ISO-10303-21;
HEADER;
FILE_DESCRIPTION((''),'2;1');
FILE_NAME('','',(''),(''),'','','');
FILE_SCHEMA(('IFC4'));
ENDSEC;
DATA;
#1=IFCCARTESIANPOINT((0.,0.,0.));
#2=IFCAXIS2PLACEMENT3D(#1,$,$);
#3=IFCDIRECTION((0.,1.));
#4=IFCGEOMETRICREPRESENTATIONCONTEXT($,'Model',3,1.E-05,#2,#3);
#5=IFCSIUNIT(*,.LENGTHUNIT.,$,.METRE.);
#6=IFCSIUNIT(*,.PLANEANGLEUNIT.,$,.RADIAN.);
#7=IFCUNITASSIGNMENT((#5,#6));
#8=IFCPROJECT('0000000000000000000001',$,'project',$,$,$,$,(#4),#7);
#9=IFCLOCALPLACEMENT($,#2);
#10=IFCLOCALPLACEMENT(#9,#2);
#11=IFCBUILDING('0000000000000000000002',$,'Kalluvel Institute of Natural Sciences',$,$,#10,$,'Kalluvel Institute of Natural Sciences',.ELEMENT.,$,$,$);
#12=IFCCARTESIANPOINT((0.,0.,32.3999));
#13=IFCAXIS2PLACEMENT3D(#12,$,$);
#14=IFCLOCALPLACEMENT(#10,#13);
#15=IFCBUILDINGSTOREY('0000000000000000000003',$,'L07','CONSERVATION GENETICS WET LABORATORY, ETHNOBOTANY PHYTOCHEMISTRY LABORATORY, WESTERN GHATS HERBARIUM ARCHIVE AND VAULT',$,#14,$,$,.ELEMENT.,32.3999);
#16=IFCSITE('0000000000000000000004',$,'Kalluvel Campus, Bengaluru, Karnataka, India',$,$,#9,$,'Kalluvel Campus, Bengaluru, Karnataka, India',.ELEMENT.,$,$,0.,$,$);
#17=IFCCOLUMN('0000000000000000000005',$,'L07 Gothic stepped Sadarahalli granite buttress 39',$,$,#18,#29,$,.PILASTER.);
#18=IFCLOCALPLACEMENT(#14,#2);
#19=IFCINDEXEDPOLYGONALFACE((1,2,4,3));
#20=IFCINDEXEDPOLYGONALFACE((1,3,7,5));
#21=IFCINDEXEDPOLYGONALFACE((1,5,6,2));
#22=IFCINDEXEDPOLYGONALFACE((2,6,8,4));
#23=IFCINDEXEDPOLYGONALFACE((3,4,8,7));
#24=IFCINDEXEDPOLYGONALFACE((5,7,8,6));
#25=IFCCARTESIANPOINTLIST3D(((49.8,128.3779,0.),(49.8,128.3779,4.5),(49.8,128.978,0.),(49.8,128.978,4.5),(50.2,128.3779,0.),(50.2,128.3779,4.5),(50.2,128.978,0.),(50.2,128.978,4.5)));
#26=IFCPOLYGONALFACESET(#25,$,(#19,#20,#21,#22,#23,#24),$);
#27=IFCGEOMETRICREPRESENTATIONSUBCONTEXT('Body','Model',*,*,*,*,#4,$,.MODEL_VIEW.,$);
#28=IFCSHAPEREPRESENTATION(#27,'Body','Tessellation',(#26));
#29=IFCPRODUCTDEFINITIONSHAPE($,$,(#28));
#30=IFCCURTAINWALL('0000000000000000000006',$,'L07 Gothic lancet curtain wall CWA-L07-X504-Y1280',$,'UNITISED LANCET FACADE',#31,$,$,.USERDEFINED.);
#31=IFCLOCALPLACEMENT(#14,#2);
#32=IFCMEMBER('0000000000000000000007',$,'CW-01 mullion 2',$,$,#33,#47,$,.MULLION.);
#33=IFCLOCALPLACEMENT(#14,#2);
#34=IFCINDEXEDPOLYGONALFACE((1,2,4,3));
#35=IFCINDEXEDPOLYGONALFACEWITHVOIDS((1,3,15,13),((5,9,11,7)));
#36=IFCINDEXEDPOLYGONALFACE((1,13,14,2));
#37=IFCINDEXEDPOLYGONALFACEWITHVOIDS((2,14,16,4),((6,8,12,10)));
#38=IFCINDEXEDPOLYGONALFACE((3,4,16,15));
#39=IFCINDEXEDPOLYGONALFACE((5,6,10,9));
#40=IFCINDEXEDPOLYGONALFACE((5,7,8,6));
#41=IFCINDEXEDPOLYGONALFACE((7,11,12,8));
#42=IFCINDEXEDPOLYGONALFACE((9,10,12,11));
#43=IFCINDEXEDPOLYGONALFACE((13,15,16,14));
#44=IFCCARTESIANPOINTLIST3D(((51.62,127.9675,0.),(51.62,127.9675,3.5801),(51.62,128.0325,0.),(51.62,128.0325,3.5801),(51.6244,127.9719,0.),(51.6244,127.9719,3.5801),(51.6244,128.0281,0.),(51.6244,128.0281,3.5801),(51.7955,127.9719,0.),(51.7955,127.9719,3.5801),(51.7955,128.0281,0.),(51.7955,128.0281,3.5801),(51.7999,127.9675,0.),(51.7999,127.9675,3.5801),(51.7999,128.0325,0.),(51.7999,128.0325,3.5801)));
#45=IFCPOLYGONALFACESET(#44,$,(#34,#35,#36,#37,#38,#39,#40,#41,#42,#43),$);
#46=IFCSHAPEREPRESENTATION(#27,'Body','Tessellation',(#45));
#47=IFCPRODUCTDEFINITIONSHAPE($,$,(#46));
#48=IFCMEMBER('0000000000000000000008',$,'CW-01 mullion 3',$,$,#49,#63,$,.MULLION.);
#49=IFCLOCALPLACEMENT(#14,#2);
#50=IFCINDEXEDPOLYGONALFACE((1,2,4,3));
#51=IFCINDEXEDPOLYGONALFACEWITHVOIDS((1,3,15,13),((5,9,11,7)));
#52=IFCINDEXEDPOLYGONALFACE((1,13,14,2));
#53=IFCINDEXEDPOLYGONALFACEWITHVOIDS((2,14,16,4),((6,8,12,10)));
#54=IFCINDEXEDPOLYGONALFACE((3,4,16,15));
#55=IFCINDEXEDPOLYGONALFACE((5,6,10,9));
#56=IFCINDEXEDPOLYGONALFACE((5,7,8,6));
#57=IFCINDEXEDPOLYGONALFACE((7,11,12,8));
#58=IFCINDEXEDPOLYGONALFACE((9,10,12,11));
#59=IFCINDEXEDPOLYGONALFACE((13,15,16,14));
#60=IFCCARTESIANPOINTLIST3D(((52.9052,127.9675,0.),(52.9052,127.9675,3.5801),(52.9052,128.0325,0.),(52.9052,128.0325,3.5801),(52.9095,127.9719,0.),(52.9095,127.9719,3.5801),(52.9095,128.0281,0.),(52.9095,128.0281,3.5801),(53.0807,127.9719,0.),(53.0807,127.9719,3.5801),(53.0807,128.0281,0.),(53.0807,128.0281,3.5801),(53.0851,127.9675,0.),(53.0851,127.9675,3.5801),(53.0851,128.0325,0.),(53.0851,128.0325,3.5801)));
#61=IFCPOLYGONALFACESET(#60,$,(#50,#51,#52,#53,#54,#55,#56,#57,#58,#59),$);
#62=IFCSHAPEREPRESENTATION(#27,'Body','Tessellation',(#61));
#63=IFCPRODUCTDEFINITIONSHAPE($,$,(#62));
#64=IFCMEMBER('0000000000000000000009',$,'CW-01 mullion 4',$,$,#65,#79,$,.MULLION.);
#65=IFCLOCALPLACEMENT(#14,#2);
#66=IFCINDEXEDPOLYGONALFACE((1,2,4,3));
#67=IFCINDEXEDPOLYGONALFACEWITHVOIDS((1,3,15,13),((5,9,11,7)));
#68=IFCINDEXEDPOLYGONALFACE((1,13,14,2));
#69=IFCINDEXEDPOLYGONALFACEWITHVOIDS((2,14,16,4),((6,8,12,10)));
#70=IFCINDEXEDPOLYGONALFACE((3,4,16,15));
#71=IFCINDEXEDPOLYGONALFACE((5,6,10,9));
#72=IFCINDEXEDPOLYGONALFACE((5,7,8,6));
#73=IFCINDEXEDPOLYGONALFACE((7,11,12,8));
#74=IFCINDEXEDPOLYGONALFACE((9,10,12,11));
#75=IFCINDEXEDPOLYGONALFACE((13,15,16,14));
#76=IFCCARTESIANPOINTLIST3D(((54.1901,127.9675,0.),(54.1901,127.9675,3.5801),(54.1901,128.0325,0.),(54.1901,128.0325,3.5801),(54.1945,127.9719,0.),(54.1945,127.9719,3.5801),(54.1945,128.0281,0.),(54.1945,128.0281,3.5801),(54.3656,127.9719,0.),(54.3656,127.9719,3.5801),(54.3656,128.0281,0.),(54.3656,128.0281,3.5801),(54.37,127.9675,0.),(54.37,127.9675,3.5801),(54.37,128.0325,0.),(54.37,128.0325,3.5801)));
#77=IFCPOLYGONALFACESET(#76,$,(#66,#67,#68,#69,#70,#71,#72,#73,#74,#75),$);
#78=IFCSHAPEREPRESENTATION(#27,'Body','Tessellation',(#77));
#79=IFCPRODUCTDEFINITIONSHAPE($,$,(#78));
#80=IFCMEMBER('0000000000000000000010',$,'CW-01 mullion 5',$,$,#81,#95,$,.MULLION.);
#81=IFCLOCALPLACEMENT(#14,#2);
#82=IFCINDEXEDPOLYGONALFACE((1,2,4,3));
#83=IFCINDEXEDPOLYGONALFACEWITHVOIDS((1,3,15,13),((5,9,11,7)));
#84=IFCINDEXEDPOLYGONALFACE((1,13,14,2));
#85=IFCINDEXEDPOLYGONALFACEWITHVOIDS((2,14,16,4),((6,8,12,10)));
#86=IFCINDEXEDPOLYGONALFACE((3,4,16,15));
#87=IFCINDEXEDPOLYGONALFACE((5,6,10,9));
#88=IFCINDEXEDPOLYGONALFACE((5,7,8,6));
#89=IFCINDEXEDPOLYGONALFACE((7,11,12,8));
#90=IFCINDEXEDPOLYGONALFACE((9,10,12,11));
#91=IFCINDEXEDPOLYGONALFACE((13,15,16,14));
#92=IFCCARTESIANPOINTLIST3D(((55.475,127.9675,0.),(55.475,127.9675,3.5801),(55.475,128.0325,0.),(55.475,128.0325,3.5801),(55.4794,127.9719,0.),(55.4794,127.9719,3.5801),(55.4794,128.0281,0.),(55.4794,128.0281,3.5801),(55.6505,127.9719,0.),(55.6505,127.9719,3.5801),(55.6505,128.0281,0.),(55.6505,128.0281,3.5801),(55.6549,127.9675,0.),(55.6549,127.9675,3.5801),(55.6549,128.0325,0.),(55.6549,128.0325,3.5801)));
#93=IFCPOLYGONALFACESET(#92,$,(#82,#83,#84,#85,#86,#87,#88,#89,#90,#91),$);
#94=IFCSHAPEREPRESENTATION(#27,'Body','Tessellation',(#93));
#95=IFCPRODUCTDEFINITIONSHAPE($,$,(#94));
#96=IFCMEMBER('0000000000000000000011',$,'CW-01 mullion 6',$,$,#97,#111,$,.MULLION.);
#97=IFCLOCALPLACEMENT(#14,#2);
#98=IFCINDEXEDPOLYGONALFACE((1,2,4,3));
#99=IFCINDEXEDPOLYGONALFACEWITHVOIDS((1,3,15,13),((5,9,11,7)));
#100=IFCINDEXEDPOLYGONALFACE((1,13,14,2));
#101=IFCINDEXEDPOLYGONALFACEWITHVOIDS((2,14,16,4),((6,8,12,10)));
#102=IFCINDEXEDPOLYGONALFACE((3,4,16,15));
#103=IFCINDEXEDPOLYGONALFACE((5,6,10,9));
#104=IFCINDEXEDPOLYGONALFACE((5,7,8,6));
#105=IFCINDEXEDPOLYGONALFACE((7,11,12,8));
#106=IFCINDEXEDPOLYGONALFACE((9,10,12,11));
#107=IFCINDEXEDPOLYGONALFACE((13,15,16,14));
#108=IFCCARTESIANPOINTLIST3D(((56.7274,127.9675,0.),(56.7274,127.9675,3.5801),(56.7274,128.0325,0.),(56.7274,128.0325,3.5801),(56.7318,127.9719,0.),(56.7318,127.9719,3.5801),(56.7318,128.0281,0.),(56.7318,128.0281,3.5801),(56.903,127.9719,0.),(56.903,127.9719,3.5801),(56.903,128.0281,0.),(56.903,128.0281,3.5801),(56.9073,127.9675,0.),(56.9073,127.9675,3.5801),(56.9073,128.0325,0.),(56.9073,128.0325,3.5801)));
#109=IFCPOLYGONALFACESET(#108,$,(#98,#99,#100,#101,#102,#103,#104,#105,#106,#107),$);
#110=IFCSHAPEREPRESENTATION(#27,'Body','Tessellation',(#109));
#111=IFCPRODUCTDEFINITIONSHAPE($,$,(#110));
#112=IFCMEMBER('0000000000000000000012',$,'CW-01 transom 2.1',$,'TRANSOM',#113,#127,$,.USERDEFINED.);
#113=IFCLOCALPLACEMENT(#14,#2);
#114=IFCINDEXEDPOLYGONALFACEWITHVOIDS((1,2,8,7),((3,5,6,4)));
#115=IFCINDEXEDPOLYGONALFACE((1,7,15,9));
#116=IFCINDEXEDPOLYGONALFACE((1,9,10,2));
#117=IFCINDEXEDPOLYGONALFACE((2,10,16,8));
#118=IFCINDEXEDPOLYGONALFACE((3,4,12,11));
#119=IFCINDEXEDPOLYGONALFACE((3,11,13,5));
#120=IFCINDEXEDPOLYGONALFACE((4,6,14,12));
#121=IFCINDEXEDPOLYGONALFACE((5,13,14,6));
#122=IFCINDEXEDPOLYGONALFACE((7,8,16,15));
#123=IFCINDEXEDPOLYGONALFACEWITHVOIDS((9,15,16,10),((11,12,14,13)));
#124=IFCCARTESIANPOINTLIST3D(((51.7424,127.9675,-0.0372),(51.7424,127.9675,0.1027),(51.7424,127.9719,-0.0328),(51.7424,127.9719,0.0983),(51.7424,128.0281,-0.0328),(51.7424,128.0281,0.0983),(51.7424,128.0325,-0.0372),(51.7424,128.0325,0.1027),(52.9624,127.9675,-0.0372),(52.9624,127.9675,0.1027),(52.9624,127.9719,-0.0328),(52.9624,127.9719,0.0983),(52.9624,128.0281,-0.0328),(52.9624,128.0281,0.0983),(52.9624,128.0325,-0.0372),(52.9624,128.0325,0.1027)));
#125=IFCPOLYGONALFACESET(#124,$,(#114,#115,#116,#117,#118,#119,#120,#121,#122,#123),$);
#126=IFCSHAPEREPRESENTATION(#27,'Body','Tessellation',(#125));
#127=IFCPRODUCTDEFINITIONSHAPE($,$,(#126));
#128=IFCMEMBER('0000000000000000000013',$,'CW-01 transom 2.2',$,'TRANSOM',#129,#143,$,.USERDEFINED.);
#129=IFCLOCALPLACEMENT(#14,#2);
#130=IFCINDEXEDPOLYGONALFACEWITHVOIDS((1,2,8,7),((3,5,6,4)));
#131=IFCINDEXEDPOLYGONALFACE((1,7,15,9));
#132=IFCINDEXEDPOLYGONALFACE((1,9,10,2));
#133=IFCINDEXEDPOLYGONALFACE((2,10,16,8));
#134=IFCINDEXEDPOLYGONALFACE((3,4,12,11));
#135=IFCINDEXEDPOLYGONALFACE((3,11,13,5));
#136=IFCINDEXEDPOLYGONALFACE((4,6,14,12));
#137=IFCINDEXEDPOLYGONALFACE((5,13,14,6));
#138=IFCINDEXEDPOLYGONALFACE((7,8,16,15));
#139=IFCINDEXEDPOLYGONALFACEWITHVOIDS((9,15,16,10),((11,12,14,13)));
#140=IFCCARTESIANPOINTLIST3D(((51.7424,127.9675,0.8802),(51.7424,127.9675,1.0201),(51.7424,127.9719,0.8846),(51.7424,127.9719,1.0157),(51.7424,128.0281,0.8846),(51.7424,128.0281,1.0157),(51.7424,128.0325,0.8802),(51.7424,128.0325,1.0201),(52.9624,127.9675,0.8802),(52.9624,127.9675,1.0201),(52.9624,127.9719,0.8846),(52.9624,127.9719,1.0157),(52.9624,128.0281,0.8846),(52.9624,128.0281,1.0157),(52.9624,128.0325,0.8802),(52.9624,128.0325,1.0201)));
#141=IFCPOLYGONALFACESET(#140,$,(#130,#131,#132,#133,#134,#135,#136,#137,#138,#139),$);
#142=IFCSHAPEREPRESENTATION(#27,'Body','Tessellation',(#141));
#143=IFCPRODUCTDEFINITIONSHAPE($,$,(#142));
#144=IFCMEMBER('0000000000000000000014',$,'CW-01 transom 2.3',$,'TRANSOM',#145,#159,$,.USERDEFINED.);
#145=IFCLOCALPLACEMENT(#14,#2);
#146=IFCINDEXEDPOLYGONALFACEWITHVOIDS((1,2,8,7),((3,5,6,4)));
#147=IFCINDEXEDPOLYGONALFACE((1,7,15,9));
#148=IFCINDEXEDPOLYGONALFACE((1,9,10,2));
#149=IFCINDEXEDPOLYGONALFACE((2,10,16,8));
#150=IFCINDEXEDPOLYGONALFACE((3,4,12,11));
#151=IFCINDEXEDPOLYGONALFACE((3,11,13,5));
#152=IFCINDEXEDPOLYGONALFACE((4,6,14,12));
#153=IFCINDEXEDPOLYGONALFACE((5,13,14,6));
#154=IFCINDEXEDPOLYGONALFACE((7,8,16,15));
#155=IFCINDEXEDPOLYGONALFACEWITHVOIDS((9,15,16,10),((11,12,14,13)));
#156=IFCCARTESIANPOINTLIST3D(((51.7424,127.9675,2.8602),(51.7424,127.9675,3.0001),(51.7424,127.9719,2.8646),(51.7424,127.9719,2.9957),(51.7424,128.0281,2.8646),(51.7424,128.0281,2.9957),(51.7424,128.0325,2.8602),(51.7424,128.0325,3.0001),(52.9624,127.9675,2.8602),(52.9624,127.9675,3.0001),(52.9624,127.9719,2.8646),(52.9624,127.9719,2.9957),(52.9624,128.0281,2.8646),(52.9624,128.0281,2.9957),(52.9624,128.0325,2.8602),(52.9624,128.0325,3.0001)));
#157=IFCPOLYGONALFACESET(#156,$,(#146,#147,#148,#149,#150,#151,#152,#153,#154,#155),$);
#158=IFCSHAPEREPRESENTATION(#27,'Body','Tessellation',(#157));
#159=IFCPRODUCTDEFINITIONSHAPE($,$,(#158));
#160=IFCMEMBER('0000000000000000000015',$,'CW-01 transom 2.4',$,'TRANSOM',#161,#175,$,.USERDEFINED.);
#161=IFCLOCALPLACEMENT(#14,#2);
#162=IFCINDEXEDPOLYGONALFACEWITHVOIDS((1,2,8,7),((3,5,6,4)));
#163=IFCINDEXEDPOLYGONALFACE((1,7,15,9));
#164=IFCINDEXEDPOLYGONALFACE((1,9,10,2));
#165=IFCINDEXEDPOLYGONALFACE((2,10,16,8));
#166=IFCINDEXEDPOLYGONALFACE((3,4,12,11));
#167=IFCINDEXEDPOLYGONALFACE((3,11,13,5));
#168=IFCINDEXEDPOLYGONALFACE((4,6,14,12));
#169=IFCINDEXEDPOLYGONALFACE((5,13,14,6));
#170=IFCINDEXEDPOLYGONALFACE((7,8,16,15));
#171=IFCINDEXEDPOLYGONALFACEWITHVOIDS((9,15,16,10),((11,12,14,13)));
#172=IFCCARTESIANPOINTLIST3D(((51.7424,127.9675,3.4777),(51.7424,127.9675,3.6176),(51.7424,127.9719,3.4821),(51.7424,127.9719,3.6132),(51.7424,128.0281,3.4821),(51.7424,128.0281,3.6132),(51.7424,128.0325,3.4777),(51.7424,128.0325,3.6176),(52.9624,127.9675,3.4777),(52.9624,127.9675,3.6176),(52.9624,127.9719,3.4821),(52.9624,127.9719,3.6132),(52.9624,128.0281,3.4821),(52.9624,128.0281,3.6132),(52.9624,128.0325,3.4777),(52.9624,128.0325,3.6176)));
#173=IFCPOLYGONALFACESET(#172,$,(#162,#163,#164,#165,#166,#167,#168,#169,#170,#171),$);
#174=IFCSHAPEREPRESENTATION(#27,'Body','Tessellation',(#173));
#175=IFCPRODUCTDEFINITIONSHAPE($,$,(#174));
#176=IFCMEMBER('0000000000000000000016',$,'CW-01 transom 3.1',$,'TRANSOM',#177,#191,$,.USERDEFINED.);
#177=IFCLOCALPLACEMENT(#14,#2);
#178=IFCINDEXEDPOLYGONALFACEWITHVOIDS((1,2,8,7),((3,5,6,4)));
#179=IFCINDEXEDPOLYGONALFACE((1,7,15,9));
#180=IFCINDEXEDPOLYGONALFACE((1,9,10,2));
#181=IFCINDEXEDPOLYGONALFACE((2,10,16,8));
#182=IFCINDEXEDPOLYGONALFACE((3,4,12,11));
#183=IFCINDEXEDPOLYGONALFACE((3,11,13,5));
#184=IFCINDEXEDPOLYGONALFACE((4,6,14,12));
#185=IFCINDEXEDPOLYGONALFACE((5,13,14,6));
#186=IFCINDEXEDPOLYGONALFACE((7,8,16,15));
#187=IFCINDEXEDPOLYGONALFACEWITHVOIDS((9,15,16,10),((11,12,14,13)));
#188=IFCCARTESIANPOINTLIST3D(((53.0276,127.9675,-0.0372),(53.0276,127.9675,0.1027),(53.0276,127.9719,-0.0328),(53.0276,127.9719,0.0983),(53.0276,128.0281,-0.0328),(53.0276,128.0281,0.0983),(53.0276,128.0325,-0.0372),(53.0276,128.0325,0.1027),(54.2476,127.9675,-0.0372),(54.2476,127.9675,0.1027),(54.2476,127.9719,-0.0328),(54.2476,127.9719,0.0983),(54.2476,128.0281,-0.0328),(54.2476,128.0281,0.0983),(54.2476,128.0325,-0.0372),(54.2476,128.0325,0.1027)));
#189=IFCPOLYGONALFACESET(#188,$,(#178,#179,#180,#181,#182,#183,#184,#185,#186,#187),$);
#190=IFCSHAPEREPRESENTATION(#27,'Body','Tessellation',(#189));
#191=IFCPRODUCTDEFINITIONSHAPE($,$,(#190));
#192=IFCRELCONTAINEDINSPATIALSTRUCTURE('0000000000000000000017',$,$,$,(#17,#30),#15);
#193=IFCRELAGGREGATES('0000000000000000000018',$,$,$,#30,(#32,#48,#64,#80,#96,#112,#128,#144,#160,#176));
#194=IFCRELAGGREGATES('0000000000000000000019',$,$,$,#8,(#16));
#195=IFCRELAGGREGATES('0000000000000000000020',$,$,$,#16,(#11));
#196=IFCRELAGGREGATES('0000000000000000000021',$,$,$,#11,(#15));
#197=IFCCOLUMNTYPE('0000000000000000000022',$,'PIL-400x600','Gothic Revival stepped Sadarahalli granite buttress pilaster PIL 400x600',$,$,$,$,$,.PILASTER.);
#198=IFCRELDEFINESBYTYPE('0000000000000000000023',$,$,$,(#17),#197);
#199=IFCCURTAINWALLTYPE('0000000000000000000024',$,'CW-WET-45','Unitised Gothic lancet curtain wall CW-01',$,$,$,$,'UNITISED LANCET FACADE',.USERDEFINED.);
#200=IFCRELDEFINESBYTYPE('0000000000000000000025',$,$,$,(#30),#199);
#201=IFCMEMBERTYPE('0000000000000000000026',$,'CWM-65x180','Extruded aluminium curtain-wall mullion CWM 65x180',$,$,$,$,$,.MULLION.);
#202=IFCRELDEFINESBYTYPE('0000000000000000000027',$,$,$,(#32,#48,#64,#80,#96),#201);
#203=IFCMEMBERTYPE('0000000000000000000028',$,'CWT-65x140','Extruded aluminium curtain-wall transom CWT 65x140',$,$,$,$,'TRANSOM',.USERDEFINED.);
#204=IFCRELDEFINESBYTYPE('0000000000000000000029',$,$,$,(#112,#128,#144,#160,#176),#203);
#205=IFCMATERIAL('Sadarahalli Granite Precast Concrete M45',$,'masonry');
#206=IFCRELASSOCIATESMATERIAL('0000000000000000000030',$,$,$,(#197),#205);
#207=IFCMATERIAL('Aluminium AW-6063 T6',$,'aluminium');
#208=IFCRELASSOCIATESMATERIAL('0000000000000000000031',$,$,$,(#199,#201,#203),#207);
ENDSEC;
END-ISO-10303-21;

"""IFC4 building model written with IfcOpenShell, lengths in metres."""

from ifc_helpers import new_model, si_unit, direction, frame, origin, origin_2d, place, context, subcontext, project, spatial, rectangle, hollow_rectangle, extrude, material, material_profile, profile_set, type_object, element, aggregate, save


model = new_model("IFC4")

# Units and contexts
model_context = context("Model", 3, precision=1e-05, world=origin(), true_north=direction((0.0, 1.0)))
body_context = subcontext(model_context, "Body", "Model", "MODEL_VIEW")
ifc_project = project(units=[si_unit("LENGTHUNIT", "METRE"), si_unit("PLANEANGLEUNIT", "RADIAN")], contexts=[model_context])

# Site, building, storey
site_placement = place(None, origin())
site = spatial("IfcSite", under=ifc_project, at=site_placement, Name="Kalluvel Campus, Bengaluru, Karnataka, India", LongName="Kalluvel Campus, Bengaluru, Karnataka, India", CompositionType="ELEMENT", RefElevation=0.0)
building_placement = place(site_placement, origin())
building = spatial("IfcBuilding", under=site, at=building_placement, Name="Kalluvel Institute of Natural Sciences", LongName="Kalluvel Institute of Natural Sciences", CompositionType="ELEMENT")
storey_placement = place(building_placement, frame((0.0, 0.0, 32.3999)))
storey = spatial("IfcBuildingStorey", under=building, at=storey_placement, Name="L07", Description="CONSERVATION GENETICS WET LABORATORY, ETHNOBOTANY PHYTOCHEMISTRY LABORATORY, WESTERN GHATS HERBARIUM ARCHIVE AND VAULT", CompositionType="ELEMENT", Elevation=32.3999)

# Column
ifc_material_1 = material(Name="Sadarahalli Granite Precast Concrete M45", Category="masonry")
ifc_material_profile_1 = material_profile(ifc_material_1, rectangle(XDim=0.3999, YDim=0.6001, at=origin_2d()), Name="PIL 400x600")
ifc_profile_set_1 = profile_set([ifc_material_profile_1], Name="Sadarahalli Granite Precast Concrete M45")
column_type = type_object("IfcColumnType", Name="PIL-400x600", Description="Gothic Revival stepped Sadarahalli granite buttress pilaster PIL 400x600", PredefinedType="PILASTER", material=ifc_profile_set_1)
column_placement = place(storey_placement, frame((50.0, 128.678, 0.0), z_axis=(0.0, 0.0, 1.0), x_axis=(1.0, 0.0, 0.0)))
element("IfcColumn", 1, at=column_placement, inside=storey, type_object=column_type, Name="L07 Gothic stepped Sadarahalli granite buttress 39", PredefinedType="PILASTER", context=body_context, shape_type="SweptSolid", body=[
    extrude(rectangle(XDim=0.3999, YDim=0.6001, at=origin_2d()), origin(), (0.0, 0.0, 1.0), 4.5),
])

# Curtain wall, members
ifc_material_2 = material(Name="Aluminium AW-6063 T6", Category="aluminium")
curtain_wall_type = type_object("IfcCurtainWallType", Name="CW-WET-45", Description="Unitised Gothic lancet curtain wall CW-01", ElementType="UNITISED LANCET FACADE", PredefinedType="USERDEFINED", material=ifc_material_2)
curtain_wall_placement = place(storey_placement, origin())
curtain_wall = element("IfcCurtainWall", 2, at=curtain_wall_placement, inside=storey, type_object=curtain_wall_type, Name="L07 Gothic lancet curtain wall CWA-L07-X504-Y1280", ObjectType="UNITISED LANCET FACADE", PredefinedType="USERDEFINED")
ifc_material_profile_2 = material_profile(ifc_material_2, hollow_rectangle(XDim=0.0649, YDim=0.1799, WallThickness=0.0044, at=origin_2d()), Name="CWM 65x180")
ifc_profile_set_2 = profile_set([ifc_material_profile_2], Name="Aluminium AW-6063 T6")
member_type_1 = type_object("IfcMemberType", Name="CWM-65x180", Description="Extruded aluminium curtain-wall mullion CWM 65x180", PredefinedType="MULLION", material=ifc_profile_set_2)
member_1_placement = place(storey_placement, frame((51.71, 128.0, 0.0), z_axis=(0.0, 0.0, 1.0), x_axis=(0.0, 1.0, 0.0)))
member_1 = element("IfcMember", 3, at=member_1_placement, type_object=member_type_1, Name="CW-01 mullion 2", PredefinedType="MULLION", context=body_context, shape_type="SweptSolid", body=[
    extrude(hollow_rectangle(XDim=0.0649, YDim=0.1799, WallThickness=0.0044, at=origin_2d()), origin(), (0.0, 0.0, 1.0), 3.5801),
])
member_2_placement = place(storey_placement, frame((52.9951, 128.0, 0.0), z_axis=(0.0, 0.0, 1.0), x_axis=(0.0, 1.0, 0.0)))
member_2 = element("IfcMember", 4, at=member_2_placement, type_object=member_type_1, Name="CW-01 mullion 3", PredefinedType="MULLION", context=body_context, shape_type="SweptSolid", body=[
    extrude(hollow_rectangle(XDim=0.0649, YDim=0.1799, WallThickness=0.0044, at=origin_2d()), origin(), (0.0, 0.0, 1.0), 3.5801),
])
member_3_placement = place(storey_placement, frame((54.28, 128.0, 0.0), z_axis=(0.0, 0.0, 1.0), x_axis=(0.0, 1.0, 0.0)))
member_3 = element("IfcMember", 5, at=member_3_placement, type_object=member_type_1, Name="CW-01 mullion 4", PredefinedType="MULLION", context=body_context, shape_type="SweptSolid", body=[
    extrude(hollow_rectangle(XDim=0.0649, YDim=0.1799, WallThickness=0.0044, at=origin_2d()), origin(), (0.0, 0.0, 1.0), 3.5801),
])
member_4_placement = place(storey_placement, frame((55.5649, 128.0, 0.0), z_axis=(0.0, 0.0, 1.0), x_axis=(0.0, 1.0, 0.0)))
member_4 = element("IfcMember", 6, at=member_4_placement, type_object=member_type_1, Name="CW-01 mullion 5", PredefinedType="MULLION", context=body_context, shape_type="SweptSolid", body=[
    extrude(hollow_rectangle(XDim=0.0649, YDim=0.1799, WallThickness=0.0044, at=origin_2d()), origin(), (0.0, 0.0, 1.0), 3.5801),
])
member_5_placement = place(storey_placement, frame((56.8174, 128.0, 0.0), z_axis=(0.0, 0.0, 1.0), x_axis=(0.0, 1.0, 0.0)))
member_5 = element("IfcMember", 7, at=member_5_placement, type_object=member_type_1, Name="CW-01 mullion 6", PredefinedType="MULLION", context=body_context, shape_type="SweptSolid", body=[
    extrude(hollow_rectangle(XDim=0.0649, YDim=0.1799, WallThickness=0.0044, at=origin_2d()), origin(), (0.0, 0.0, 1.0), 3.5801),
])
ifc_material_profile_3 = material_profile(ifc_material_2, hollow_rectangle(XDim=0.0649, YDim=0.1399, WallThickness=0.0044, at=origin_2d()), Name="CWT 65x140")
ifc_profile_set_3 = profile_set([ifc_material_profile_3], Name="Aluminium AW-6063 T6")
member_type_2 = type_object("IfcMemberType", Name="CWT-65x140", Description="Extruded aluminium curtain-wall transom CWT 65x140", ElementType="TRANSOM", PredefinedType="USERDEFINED", material=ifc_profile_set_3)
member_6_placement = place(storey_placement, frame((51.7424, 128.0, 0.0327), z_axis=(1.0, 0.0, 0.0), x_axis=(0.0, 1.0, 0.0)))
member_6 = element("IfcMember", 8, at=member_6_placement, type_object=member_type_2, Name="CW-01 transom 2.1", ObjectType="TRANSOM", PredefinedType="USERDEFINED", context=body_context, shape_type="SweptSolid", body=[
    extrude(hollow_rectangle(XDim=0.0649, YDim=0.1399, WallThickness=0.0044, at=origin_2d()), origin(), (0.0, 0.0, 1.0), 1.22),
])
member_7_placement = place(storey_placement, frame((51.7424, 128.0, 0.9502), z_axis=(1.0, 0.0, 0.0), x_axis=(0.0, 1.0, 0.0)))
member_7 = element("IfcMember", 9, at=member_7_placement, type_object=member_type_2, Name="CW-01 transom 2.2", ObjectType="TRANSOM", PredefinedType="USERDEFINED", context=body_context, shape_type="SweptSolid", body=[
    extrude(hollow_rectangle(XDim=0.0649, YDim=0.1399, WallThickness=0.0044, at=origin_2d()), origin(), (0.0, 0.0, 1.0), 1.22),
])
member_8_placement = place(storey_placement, frame((51.7424, 128.0, 2.9302), z_axis=(1.0, 0.0, 0.0), x_axis=(0.0, 1.0, 0.0)))
member_8 = element("IfcMember", 10, at=member_8_placement, type_object=member_type_2, Name="CW-01 transom 2.3", ObjectType="TRANSOM", PredefinedType="USERDEFINED", context=body_context, shape_type="SweptSolid", body=[
    extrude(hollow_rectangle(XDim=0.0649, YDim=0.1399, WallThickness=0.0044, at=origin_2d()), origin(), (0.0, 0.0, 1.0), 1.22),
])
member_9_placement = place(storey_placement, frame((51.7424, 128.0, 3.5476), z_axis=(1.0, 0.0, 0.0), x_axis=(0.0, 1.0, 0.0)))
member_9 = element("IfcMember", 11, at=member_9_placement, type_object=member_type_2, Name="CW-01 transom 2.4", ObjectType="TRANSOM", PredefinedType="USERDEFINED", context=body_context, shape_type="SweptSolid", body=[
    extrude(hollow_rectangle(XDim=0.0649, YDim=0.1399, WallThickness=0.0044, at=origin_2d()), origin(), (0.0, 0.0, 1.0), 1.22),
])
member_10_placement = place(storey_placement, frame((53.0276, 128.0, 0.0327), z_axis=(1.0, 0.0, 0.0), x_axis=(0.0, 1.0, 0.0)))
member_10 = element("IfcMember", 12, at=member_10_placement, type_object=member_type_2, Name="CW-01 transom 3.1", ObjectType="TRANSOM", PredefinedType="USERDEFINED", context=body_context, shape_type="SweptSolid", body=[
    extrude(hollow_rectangle(XDim=0.0649, YDim=0.1399, WallThickness=0.0044, at=origin_2d()), origin(), (0.0, 0.0, 1.0), 1.22),
])
aggregate(curtain_wall, [member_1, member_2, member_3, member_4, member_5, member_6, member_7, member_8, member_9, member_10])

save(model, "model.ifc")
